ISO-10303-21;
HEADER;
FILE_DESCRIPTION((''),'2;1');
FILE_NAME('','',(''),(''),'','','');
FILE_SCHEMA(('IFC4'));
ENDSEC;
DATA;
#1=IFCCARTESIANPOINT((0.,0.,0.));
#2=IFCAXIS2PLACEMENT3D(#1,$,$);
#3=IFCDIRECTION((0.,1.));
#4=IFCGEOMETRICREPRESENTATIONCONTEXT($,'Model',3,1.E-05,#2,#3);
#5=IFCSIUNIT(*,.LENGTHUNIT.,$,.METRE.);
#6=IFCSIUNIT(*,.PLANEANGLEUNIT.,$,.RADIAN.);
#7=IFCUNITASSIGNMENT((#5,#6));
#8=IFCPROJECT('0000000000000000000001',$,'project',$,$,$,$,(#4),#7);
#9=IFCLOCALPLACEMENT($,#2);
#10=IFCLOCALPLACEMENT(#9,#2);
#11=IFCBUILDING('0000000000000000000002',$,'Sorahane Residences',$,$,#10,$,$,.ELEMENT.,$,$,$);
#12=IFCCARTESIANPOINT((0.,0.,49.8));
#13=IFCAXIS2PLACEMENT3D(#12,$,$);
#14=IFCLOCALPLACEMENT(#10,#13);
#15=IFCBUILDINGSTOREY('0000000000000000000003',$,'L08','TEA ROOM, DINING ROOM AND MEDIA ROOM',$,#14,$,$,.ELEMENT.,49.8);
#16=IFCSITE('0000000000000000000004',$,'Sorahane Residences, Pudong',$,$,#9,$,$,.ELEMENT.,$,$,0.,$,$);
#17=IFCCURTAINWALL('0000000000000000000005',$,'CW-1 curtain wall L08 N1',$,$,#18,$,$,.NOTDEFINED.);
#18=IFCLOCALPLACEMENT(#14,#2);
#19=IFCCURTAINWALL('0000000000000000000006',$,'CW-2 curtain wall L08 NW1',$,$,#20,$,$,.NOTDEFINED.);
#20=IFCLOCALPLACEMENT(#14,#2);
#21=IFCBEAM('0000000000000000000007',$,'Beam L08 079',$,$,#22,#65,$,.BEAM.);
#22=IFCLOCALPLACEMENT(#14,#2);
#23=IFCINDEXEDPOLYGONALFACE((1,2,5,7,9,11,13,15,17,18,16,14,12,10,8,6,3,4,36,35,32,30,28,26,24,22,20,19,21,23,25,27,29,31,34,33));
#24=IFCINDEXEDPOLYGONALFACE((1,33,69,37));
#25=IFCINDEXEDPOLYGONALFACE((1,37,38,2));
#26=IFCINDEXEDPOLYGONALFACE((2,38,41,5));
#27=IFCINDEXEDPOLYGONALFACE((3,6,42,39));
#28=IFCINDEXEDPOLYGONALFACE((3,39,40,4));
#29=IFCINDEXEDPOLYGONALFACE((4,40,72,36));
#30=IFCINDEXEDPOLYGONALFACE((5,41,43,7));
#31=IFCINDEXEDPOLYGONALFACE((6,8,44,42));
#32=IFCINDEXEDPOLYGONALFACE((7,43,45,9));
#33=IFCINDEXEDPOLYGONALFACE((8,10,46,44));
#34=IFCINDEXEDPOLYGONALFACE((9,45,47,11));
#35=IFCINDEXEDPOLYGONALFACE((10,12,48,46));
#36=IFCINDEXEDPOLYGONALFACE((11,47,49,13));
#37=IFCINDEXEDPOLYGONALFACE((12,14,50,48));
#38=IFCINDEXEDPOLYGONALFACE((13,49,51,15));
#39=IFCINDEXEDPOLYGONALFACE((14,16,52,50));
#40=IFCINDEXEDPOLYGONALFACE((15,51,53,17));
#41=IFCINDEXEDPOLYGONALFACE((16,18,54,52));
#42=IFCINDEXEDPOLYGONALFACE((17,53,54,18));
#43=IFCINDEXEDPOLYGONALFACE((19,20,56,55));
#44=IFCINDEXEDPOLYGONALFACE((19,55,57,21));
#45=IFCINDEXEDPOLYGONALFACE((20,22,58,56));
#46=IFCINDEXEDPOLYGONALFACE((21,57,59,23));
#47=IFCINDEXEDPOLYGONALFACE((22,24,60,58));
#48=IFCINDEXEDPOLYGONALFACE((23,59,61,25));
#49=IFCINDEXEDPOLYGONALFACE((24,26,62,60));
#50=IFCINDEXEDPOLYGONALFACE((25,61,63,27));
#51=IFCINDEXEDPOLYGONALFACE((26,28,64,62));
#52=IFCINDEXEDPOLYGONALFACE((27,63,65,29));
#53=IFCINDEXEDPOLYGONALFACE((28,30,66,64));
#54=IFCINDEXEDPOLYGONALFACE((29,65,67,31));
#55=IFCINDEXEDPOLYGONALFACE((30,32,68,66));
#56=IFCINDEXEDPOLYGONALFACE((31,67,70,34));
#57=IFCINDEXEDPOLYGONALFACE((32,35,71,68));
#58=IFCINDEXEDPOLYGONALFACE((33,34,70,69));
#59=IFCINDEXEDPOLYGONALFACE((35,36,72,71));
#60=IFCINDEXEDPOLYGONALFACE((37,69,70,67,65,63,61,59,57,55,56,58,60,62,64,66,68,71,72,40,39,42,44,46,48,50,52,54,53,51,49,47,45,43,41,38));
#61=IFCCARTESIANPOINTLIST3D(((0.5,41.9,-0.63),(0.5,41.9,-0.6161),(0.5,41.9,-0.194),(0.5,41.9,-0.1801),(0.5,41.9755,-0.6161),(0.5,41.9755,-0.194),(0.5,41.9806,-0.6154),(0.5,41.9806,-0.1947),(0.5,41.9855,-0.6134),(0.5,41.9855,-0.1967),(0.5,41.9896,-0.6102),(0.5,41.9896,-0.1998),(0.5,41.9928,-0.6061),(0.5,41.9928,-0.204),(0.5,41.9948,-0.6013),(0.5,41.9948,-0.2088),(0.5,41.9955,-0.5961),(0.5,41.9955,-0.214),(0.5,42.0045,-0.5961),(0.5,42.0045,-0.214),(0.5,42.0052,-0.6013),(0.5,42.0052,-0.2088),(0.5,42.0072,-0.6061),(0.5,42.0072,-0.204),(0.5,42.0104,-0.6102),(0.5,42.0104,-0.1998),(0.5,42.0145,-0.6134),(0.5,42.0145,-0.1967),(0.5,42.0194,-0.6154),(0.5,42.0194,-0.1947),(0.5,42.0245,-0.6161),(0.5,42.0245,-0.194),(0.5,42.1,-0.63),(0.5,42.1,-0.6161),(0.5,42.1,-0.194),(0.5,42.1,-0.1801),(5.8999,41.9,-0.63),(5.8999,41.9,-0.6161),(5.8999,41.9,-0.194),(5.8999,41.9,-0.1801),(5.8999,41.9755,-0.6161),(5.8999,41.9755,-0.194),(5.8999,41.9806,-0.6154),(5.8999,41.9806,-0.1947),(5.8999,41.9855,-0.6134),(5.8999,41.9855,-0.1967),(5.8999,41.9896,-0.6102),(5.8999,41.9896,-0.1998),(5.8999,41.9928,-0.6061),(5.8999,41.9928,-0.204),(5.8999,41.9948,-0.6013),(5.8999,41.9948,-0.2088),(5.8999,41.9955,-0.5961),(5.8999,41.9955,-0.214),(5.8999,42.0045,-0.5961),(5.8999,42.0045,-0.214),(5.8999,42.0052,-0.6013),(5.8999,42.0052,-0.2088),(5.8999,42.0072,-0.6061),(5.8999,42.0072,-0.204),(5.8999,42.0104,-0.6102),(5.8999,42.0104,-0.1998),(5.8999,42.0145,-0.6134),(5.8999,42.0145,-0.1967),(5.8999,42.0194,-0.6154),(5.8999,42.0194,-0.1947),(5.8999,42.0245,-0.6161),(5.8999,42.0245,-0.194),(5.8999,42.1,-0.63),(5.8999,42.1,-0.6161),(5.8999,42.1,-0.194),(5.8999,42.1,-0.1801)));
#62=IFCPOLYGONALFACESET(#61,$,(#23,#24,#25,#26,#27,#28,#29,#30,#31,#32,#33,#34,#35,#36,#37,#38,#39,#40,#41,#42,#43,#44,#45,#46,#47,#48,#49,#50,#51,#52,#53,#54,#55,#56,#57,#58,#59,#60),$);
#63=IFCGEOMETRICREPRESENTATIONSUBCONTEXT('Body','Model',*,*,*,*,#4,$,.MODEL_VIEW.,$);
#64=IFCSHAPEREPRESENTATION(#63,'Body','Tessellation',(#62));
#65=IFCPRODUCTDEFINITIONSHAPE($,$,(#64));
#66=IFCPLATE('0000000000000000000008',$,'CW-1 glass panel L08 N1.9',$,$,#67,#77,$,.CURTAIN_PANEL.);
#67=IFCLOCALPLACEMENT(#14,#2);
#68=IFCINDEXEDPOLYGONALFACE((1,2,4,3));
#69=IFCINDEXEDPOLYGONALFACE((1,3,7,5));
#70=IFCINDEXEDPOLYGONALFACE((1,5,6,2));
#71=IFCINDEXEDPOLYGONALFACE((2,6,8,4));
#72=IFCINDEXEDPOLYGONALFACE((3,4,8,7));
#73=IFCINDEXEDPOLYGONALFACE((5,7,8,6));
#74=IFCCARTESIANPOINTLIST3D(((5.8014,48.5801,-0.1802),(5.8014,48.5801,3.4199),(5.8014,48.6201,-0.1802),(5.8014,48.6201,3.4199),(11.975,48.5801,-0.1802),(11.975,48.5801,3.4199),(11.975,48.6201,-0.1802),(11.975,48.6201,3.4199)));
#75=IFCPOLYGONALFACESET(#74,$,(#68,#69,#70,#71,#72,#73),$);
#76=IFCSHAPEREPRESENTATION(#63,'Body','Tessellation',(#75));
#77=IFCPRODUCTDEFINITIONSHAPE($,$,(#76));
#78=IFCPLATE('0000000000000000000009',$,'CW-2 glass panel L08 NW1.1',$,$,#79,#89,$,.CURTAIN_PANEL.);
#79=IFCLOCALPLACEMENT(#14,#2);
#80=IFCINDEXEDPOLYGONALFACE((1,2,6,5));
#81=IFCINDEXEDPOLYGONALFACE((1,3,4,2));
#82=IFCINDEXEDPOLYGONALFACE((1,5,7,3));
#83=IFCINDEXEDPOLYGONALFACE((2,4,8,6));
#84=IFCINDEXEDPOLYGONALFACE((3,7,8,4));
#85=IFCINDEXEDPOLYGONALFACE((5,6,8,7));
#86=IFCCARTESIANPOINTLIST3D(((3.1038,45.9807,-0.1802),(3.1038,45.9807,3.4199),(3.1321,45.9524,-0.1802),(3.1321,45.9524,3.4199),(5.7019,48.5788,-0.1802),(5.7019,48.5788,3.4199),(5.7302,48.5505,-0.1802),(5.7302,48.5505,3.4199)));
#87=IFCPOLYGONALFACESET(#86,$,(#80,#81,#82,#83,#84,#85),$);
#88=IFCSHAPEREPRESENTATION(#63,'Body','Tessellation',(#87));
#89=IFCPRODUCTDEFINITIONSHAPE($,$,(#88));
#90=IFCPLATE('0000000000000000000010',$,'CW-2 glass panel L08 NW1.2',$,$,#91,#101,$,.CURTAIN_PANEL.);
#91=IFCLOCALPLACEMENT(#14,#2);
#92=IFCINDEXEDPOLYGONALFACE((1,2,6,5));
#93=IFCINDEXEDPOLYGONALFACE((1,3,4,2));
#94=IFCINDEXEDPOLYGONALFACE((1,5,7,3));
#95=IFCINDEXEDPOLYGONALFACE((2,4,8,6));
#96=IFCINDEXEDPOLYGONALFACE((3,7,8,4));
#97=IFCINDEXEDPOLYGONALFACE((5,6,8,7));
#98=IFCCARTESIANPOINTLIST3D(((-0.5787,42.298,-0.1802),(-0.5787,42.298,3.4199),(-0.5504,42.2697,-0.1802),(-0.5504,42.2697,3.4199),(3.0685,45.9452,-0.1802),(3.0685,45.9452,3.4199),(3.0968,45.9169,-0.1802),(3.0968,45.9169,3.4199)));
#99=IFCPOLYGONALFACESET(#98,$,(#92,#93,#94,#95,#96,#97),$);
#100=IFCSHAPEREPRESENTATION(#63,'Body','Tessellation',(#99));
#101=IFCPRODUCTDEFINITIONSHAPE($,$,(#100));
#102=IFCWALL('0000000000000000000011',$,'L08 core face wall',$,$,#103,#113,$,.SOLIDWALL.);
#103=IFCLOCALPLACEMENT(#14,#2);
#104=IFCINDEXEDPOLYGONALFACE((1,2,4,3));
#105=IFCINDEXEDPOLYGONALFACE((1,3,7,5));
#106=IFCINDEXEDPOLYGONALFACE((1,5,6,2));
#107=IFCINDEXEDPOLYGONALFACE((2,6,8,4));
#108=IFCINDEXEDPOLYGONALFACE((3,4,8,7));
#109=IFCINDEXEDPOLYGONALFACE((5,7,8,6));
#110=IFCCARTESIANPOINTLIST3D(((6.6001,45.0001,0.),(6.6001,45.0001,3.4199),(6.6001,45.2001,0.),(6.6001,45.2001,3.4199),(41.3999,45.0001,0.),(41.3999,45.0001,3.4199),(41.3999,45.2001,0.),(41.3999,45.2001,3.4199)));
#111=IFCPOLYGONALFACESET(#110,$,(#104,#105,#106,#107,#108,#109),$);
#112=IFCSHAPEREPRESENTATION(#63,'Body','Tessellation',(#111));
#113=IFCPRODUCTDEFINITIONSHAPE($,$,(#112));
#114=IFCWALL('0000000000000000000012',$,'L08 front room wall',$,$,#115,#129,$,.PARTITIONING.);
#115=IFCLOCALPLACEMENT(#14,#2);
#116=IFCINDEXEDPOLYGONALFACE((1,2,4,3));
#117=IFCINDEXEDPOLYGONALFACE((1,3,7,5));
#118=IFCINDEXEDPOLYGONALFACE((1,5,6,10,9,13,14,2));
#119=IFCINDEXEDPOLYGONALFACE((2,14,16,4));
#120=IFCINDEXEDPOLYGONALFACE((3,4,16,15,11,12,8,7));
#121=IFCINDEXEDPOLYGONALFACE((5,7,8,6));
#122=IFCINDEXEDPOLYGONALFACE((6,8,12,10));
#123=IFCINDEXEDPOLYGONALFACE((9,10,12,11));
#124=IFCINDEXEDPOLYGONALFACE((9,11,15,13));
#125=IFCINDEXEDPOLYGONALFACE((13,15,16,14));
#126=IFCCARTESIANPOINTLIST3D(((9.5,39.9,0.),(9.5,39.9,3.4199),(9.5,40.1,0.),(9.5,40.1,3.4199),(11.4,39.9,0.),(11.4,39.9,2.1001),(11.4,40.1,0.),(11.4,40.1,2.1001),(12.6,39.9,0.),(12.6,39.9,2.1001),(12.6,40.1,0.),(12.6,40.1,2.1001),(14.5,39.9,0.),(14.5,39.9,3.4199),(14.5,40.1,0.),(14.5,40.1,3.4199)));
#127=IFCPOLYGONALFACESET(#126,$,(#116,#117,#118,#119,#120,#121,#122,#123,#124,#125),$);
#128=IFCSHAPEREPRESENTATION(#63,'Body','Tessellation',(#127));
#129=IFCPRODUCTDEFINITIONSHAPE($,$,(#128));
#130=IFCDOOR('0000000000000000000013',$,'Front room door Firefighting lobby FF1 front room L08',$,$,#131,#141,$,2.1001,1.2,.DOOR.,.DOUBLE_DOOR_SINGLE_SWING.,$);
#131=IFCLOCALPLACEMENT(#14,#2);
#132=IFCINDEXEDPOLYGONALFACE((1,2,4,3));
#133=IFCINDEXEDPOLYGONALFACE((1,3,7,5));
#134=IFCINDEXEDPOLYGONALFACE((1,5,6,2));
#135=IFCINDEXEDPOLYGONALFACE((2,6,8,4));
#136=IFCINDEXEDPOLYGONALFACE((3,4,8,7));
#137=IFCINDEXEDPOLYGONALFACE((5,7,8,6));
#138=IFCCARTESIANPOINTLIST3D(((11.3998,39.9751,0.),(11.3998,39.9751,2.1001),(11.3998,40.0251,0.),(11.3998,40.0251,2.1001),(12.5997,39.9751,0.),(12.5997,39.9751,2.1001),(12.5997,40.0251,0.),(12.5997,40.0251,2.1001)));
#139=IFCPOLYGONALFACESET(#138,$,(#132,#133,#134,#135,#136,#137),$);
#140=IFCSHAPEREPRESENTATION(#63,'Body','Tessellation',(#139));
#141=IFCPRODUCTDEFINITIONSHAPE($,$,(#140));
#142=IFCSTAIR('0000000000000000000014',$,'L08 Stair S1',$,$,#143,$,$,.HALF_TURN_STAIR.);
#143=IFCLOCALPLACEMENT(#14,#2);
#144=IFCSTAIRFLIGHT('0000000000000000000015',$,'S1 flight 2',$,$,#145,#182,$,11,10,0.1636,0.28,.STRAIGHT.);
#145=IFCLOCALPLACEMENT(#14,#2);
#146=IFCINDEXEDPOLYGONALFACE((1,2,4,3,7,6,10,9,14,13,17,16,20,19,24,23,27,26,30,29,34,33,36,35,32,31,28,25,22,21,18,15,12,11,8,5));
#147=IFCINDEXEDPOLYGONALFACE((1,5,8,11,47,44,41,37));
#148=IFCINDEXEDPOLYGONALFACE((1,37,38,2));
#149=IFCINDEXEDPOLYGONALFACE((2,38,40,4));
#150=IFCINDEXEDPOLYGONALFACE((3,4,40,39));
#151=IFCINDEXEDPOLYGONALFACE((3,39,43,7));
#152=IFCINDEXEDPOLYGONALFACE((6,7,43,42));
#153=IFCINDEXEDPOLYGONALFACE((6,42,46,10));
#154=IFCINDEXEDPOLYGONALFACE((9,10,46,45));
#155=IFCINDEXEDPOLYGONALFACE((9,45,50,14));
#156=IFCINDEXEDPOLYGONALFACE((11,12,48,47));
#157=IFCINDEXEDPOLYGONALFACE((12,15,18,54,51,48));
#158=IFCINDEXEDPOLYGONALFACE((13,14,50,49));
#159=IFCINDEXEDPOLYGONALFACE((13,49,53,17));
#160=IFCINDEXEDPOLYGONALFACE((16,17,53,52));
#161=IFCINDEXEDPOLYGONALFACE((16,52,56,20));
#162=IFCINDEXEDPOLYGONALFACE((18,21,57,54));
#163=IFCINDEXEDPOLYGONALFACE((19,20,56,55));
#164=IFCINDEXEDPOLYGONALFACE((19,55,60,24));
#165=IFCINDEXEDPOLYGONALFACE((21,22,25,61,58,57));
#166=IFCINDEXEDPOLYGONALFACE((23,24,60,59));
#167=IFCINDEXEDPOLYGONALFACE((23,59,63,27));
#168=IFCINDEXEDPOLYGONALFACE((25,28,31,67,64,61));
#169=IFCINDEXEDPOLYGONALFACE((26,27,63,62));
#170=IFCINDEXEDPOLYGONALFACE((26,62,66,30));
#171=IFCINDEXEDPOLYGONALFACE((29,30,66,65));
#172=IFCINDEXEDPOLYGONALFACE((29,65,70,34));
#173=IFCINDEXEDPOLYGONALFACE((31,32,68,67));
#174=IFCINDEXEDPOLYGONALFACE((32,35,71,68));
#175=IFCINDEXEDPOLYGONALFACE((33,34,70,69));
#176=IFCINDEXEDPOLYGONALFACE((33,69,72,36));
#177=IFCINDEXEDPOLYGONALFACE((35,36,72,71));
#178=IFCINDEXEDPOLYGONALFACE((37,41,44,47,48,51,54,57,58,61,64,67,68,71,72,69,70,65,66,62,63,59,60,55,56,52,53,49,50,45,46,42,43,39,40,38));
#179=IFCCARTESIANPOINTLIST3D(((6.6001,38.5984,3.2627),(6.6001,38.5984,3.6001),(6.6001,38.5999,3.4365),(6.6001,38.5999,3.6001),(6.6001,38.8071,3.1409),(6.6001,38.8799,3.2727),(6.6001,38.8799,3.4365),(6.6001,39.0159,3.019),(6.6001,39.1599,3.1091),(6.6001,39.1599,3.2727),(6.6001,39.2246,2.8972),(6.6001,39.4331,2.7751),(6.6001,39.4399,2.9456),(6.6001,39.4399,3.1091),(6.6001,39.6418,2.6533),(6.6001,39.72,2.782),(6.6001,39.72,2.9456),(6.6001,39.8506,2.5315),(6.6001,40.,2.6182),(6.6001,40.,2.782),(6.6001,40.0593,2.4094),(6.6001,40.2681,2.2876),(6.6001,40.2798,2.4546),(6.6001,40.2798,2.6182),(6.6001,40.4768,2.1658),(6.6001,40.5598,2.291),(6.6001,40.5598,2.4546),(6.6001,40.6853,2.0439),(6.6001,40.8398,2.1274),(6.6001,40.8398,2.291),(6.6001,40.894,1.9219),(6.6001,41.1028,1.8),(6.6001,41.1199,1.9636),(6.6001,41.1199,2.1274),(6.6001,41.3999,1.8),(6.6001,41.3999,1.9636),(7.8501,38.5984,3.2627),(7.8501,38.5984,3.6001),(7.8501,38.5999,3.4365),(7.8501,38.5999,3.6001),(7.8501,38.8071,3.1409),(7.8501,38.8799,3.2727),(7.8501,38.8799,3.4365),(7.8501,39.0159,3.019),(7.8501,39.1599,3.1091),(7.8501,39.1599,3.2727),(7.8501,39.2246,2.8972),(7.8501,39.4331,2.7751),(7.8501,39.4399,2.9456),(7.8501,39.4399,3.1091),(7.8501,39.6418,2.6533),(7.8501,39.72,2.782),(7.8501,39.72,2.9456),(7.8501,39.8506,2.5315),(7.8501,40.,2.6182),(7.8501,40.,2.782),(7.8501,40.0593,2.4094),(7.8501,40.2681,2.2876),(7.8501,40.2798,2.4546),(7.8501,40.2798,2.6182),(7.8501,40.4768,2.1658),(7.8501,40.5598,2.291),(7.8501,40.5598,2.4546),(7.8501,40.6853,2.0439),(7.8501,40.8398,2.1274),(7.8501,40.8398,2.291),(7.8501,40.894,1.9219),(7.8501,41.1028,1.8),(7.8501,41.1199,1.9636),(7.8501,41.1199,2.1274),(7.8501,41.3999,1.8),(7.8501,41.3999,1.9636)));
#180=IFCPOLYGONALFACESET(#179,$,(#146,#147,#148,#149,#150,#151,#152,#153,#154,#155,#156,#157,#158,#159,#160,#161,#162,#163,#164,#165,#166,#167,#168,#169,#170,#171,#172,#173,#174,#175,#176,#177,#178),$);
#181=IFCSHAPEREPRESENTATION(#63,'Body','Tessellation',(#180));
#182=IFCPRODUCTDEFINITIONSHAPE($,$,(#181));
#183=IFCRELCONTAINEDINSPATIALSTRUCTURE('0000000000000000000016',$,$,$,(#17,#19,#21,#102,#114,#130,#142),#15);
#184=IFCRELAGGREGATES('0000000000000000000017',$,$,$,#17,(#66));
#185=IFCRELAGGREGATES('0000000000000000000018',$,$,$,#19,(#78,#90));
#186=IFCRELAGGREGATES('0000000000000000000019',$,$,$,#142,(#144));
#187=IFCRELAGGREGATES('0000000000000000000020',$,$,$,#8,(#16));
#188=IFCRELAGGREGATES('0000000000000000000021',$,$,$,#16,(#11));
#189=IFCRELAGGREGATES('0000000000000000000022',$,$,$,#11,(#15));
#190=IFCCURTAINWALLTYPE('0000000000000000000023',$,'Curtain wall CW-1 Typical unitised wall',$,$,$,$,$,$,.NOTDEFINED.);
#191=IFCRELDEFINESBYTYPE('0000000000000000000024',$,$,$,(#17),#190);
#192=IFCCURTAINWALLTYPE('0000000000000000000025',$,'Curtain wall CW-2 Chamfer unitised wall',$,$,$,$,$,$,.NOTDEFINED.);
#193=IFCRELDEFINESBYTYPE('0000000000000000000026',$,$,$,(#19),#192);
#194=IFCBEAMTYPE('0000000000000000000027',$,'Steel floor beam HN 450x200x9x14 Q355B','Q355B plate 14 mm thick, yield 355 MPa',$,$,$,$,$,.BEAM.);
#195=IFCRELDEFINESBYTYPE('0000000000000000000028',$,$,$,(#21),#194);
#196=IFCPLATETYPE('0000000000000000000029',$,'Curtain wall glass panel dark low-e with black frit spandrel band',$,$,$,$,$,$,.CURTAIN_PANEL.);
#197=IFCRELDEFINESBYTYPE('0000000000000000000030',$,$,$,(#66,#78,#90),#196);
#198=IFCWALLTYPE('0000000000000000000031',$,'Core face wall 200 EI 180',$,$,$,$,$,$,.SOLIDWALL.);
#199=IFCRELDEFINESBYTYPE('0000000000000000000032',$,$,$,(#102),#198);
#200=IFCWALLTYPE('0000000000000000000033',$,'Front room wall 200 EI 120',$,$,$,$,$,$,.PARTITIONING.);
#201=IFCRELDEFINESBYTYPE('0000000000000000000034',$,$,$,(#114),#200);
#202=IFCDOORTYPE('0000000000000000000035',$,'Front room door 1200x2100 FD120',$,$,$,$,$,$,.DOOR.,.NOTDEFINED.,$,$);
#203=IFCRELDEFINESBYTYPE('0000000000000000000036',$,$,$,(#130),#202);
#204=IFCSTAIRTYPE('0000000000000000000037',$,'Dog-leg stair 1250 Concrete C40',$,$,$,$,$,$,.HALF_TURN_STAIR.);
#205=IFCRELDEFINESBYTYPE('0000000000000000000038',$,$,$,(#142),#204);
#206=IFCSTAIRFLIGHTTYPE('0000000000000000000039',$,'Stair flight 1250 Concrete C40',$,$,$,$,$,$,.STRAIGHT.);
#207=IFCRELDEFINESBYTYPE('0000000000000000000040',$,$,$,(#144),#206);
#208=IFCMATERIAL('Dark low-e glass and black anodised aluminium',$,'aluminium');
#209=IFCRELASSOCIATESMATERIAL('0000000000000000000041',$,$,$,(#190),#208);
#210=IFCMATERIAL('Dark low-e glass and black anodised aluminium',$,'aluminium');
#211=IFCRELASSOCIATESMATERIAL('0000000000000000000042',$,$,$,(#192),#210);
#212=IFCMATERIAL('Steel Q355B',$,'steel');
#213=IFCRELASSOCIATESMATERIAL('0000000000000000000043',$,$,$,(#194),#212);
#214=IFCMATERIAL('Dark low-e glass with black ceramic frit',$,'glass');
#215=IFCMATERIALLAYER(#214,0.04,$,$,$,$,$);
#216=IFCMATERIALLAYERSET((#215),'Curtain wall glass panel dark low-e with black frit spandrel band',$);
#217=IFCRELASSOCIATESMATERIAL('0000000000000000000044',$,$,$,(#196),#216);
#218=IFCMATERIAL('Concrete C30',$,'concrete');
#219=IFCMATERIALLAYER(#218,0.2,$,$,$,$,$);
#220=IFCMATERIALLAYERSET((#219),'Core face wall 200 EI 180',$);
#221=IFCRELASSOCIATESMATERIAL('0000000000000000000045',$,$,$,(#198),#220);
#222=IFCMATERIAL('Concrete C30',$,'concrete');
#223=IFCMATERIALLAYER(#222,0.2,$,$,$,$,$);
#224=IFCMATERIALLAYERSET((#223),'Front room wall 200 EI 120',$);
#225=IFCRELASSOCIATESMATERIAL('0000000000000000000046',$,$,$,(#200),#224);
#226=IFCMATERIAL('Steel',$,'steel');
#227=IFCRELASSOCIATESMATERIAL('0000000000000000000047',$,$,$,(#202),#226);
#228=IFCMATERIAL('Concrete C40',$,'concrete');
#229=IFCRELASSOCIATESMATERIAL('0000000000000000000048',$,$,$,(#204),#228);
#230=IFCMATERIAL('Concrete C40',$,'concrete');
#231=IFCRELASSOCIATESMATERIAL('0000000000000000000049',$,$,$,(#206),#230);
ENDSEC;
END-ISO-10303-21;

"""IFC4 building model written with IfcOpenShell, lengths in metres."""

from ifc_helpers import new_model, si_unit, direction, frame, frame_2d, origin, origin_2d, place, context, subcontext, project, spatial, polyline, rectangle, i_section, outline, extrude, material, layer, layer_set, material_profile, profile_set, type_object, element, fill, aggregate, save


model = new_model("IFC4")

# Units and contexts
model_context = context("Model", 3, precision=1e-05, world=origin(), true_north=direction((0.0, 1.0)))
body_context = subcontext(model_context, "Body", "Model", "MODEL_VIEW")
ifc_project = project(units=[si_unit("LENGTHUNIT", "METRE"), si_unit("PLANEANGLEUNIT", "RADIAN")], contexts=[model_context])

# Site, building, storey
site_placement = place(None, origin())
site = spatial("IfcSite", under=ifc_project, at=site_placement, Name="Sorahane Residences, Pudong", CompositionType="ELEMENT", RefElevation=0.0)
building_placement = place(site_placement, origin())
building = spatial("IfcBuilding", under=site, at=building_placement, Name="Sorahane Residences", CompositionType="ELEMENT")
storey_placement = place(building_placement, frame((0.0, 0.0, 49.8)))
storey = spatial("IfcBuildingStorey", under=building, at=storey_placement, Name="L08", Description="TEA ROOM, DINING ROOM AND MEDIA ROOM", CompositionType="ELEMENT", Elevation=49.8)

# Curtain walls
ifc_material_1 = material(Name="Dark low-e glass and black anodised aluminium", Category="aluminium")
curtain_wall_type_1 = type_object("IfcCurtainWallType", Name="Curtain wall CW-1 Typical unitised wall", PredefinedType="NOTDEFINED", material=ifc_material_1)
curtain_wall_1_placement = place(storey_placement, origin())
curtain_wall_1 = element("IfcCurtainWall", 1, at=curtain_wall_1_placement, inside=storey, type_object=curtain_wall_type_1, Name="CW-1 curtain wall L08 N1", PredefinedType="NOTDEFINED")
ifc_material_2 = material(Name="Dark low-e glass and black anodised aluminium", Category="aluminium")
curtain_wall_type_2 = type_object("IfcCurtainWallType", Name="Curtain wall CW-2 Chamfer unitised wall", PredefinedType="NOTDEFINED", material=ifc_material_2)
curtain_wall_2_placement = place(storey_placement, origin())
curtain_wall_2 = element("IfcCurtainWall", 2, at=curtain_wall_2_placement, inside=storey, type_object=curtain_wall_type_2, Name="CW-2 curtain wall L08 NW1", PredefinedType="NOTDEFINED")

# Beam
ifc_material_3 = material(Name="Steel Q355B", Category="steel")
ifc_material_profile_1 = material_profile(ifc_material_3, i_section(OverallWidth=0.2, OverallDepth=0.45, WebThickness=0.009, FlangeThickness=0.0139, FilletRadius=0.02, at=origin_2d()), Name="HN 450x200x9x14")
ifc_profile_set_1 = profile_set([ifc_material_profile_1], Name="Steel Q355B")
beam_type_1 = type_object("IfcBeamType", Name="Steel floor beam HN 450x200x9x14 Q355B", Description="Q355B plate 14 mm thick, yield 355 MPa", PredefinedType="BEAM", material=ifc_profile_set_1)
beam_1_placement = place(storey_placement, frame((0.5, 42.0, -0.405), z_axis=(1.0, 0.0, 0.0), x_axis=(0.0, 1.0, 0.0)))
element("IfcBeam", 3, at=beam_1_placement, inside=storey, type_object=beam_type_1, Name="Beam L08 079", PredefinedType="BEAM", context=body_context, shape_type="SweptSolid", body=[
    extrude(i_section(OverallWidth=0.2, OverallDepth=0.45, WebThickness=0.009, FlangeThickness=0.0139, FilletRadius=0.02, at=origin_2d()), origin(), (0.0, 0.0, 1.0), 5.3999),
])

# Plates
ifc_material_4 = material(Name="Dark low-e glass with black ceramic frit", Category="glass")
ifc_layer_1 = layer(ifc_material_4, 0.04)
ifc_layer_set_1 = layer_set([ifc_layer_1], Name="Curtain wall glass panel dark low-e with black frit spandrel band")
plate_type = type_object("IfcPlateType", Name="Curtain wall glass panel dark low-e with black frit spandrel band", PredefinedType="CURTAIN_PANEL", material=ifc_layer_set_1)
plate_1_placement = place(storey_placement, frame((8.8882, 48.6001, -0.1802), z_axis=(0.0, 0.0, 1.0), x_axis=(-1.0, 0.0, 0.0)))
plate_1 = element("IfcPlate", 4, at=plate_1_placement, type_object=plate_type, Name="CW-1 glass panel L08 N1.9", PredefinedType="CURTAIN_PANEL", context=body_context, shape_type="SweptSolid", body=[
    extrude(rectangle(XDim=6.1736, YDim=0.04, at=origin_2d()), origin(), (0.0, 0.0, 1.0), 3.6001),
])
aggregate(curtain_wall_1, [plate_1])
plate_2_placement = place(storey_placement, frame((4.417, 47.2656, -0.1802), z_axis=(0.0, 0.0, 1.0), x_axis=(-0.707107, -0.707107, 0.0)))
plate_2 = element("IfcPlate", 5, at=plate_2_placement, type_object=plate_type, Name="CW-2 glass panel L08 NW1.1", PredefinedType="CURTAIN_PANEL", context=body_context, shape_type="SweptSolid", body=[
    extrude(rectangle(XDim=3.6743, YDim=0.04, at=origin_2d()), origin(), (0.0, 0.0, 1.0), 3.6001),
])
plate_3_placement = place(storey_placement, frame((1.259, 44.1074, -0.1802), z_axis=(0.0, 0.0, 1.0), x_axis=(-0.707107, -0.707107, 0.0)))
plate_3 = element("IfcPlate", 6, at=plate_3_placement, type_object=plate_type, Name="CW-2 glass panel L08 NW1.2", PredefinedType="CURTAIN_PANEL", context=body_context, shape_type="SweptSolid", body=[
    extrude(rectangle(XDim=5.158, YDim=0.04, at=origin_2d()), origin(), (0.0, 0.0, 1.0), 3.6001),
])
aggregate(curtain_wall_2, [plate_2, plate_3])

# Wall
ifc_material_5 = material(Name="Concrete C30", Category="concrete")
ifc_layer_2 = layer(ifc_material_5, 0.2)
ifc_layer_set_2 = layer_set([ifc_layer_2], Name="Core face wall 200 EI 180")
wall_type_1 = type_object("IfcWallType", Name="Core face wall 200 EI 180", PredefinedType="SOLIDWALL", material=ifc_layer_set_2)
wall_1_placement = place(storey_placement, frame((6.6001, 45.1001, 0.0), z_axis=(0.0, 0.0, 1.0), x_axis=(1.0, 0.0, 0.0)))
element("IfcWall", 7, at=wall_1_placement, inside=storey, type_object=wall_type_1, Name="L08 core face wall", PredefinedType="SOLIDWALL", context=body_context, shape_type="SweptSolid", body=[
    extrude(rectangle(XDim=34.7998, YDim=0.2, at=frame_2d((17.3999, 0.0))), origin(), (0.0, 0.0, 1.0), 3.4199),
])

# Wall, opening, door
ifc_material_6 = material(Name="Concrete C30", Category="concrete")
ifc_layer_3 = layer(ifc_material_6, 0.2)
ifc_layer_set_3 = layer_set([ifc_layer_3], Name="Front room wall 200 EI 120")
wall_type_2 = type_object("IfcWallType", Name="Front room wall 200 EI 120", PredefinedType="PARTITIONING", material=ifc_layer_set_3)
wall_2_placement = place(storey_placement, frame((9.5, 40.0, 0.0), z_axis=(0.0, 0.0, 1.0), x_axis=(1.0, 0.0, 0.0)))
wall_2 = element("IfcWall", 8, at=wall_2_placement, inside=storey, type_object=wall_type_2, Name="L08 front room wall", PredefinedType="PARTITIONING", context=body_context, shape_type="SweptSolid", body=[
    extrude(rectangle(XDim=5.0, YDim=0.2, at=frame_2d((2.5, 0.0))), origin(), (0.0, 0.0, 1.0), 3.4199),
])
opening_placement = place(wall_2_placement, frame((1.8999, 0.0, 0.0)))
opening = element("IfcOpeningElement", 9, at=opening_placement, cuts=wall_2, PredefinedType="OPENING", context=body_context, shape_type="SweptSolid", body=[
    extrude(rectangle(XDim=1.2, YDim=2.1001, at=frame_2d((0.6001, 1.05))), frame((0.0, 0.1099, 0.0), z_axis=(0.0, -1.0, 0.0), x_axis=(1.0, 0.0, 0.0)), (0.0, 0.0, 1.0), 0.22),
])
ifc_material_7 = material(Name="Steel", Category="steel")
door_type = type_object("IfcDoorType", Name="Front room door 1200x2100 FD120", OperationType="NOTDEFINED", PredefinedType="DOOR", material=ifc_material_7)
door_placement = place(opening_placement, frame((1.2, 0.0, 0.0), z_axis=(0.0, 0.0, 1.0), x_axis=(-1.0, 0.0, 0.0)))
door = element("IfcDoor", 10, at=door_placement, inside=storey, type_object=door_type, Name="Front room door Firefighting lobby FF1 front room L08", OperationType="DOUBLE_DOOR_SINGLE_SWING", OverallHeight=2.1001, OverallWidth=1.2, PredefinedType="DOOR", context=body_context, shape_type="SweptSolid", body=[
    extrude(rectangle(XDim=1.2, YDim=2.1001, at=frame_2d((0.6001, 1.05))), frame((0.0, 0.0249, 0.0), z_axis=(0.0, -1.0, 0.0), x_axis=(1.0, 0.0, 0.0)), (0.0, 0.0, 1.0), 0.05),
])
fill(opening, door)

# Stair, stair flight
ifc_material_8 = material(Name="Concrete C40", Category="concrete")
stair_type = type_object("IfcStairType", Name="Dog-leg stair 1250 Concrete C40", PredefinedType="HALF_TURN_STAIR", material=ifc_material_8)
stair_placement = place(storey_placement, origin())
stair = element("IfcStair", 11, at=stair_placement, inside=storey, type_object=stair_type, Name="L08 Stair S1", PredefinedType="HALF_TURN_STAIR")
ifc_material_9 = material(Name="Concrete C40", Category="concrete")
stair_flight_type = type_object("IfcStairFlightType", Name="Stair flight 1250 Concrete C40", PredefinedType="STRAIGHT", material=ifc_material_9)
stair_flight_placement = place(storey_placement, frame((7.2251, 41.3999, 1.8), z_axis=(0.0, 0.0, 1.0), x_axis=(0.0, -1.0, 0.0)))
stair_flight = element("IfcStairFlight", 12, at=stair_flight_placement, type_object=stair_flight_type, Name="S1 flight 2", NumberOfRisers=11, NumberOfTreads=10, PredefinedType="STRAIGHT", RiserHeight=0.1636, TreadLength=0.28, context=body_context, shape_type="SweptSolid", body=[
    extrude(outline(polyline([(0.0, 0.0), (0.0, 0.1636), (0.28, 0.1636), (0.28, 0.3274), (0.5601, 0.3274), (0.5601, 0.491), (0.8401, 0.491), (0.8401, 0.6545), (1.1201, 0.6545), (1.1201, 0.8181), (1.3999, 0.8181), (1.3999, 0.9819), (1.6799, 0.9819), (1.6799, 1.1455), (1.96, 1.1455), (1.96, 1.3091), (2.24, 1.3091), (2.24, 1.4727), (2.52, 1.4727), (2.52, 1.6365), (2.8, 1.6365), (2.8, 1.8), (2.8015, 1.8), (2.8015, 1.4626), (2.5928, 1.3408), (2.384, 1.219), (2.1753, 1.0972), (1.9668, 0.9751), (1.7581, 0.8533), (1.5493, 0.7314), (1.3406, 0.6094), (1.1318, 0.4875), (0.9231, 0.3657), (0.7146, 0.2439), (0.5059, 0.1218), (0.2971, 0.0), (0.0, 0.0)])), frame((0.0, 0.625, 0.0), z_axis=(0.0, -1.0, 0.0), x_axis=(1.0, 0.0, 0.0)), (0.0, 0.0, 1.0), 1.25),
])
aggregate(stair, [stair_flight])

save(model, "model.ifc")
